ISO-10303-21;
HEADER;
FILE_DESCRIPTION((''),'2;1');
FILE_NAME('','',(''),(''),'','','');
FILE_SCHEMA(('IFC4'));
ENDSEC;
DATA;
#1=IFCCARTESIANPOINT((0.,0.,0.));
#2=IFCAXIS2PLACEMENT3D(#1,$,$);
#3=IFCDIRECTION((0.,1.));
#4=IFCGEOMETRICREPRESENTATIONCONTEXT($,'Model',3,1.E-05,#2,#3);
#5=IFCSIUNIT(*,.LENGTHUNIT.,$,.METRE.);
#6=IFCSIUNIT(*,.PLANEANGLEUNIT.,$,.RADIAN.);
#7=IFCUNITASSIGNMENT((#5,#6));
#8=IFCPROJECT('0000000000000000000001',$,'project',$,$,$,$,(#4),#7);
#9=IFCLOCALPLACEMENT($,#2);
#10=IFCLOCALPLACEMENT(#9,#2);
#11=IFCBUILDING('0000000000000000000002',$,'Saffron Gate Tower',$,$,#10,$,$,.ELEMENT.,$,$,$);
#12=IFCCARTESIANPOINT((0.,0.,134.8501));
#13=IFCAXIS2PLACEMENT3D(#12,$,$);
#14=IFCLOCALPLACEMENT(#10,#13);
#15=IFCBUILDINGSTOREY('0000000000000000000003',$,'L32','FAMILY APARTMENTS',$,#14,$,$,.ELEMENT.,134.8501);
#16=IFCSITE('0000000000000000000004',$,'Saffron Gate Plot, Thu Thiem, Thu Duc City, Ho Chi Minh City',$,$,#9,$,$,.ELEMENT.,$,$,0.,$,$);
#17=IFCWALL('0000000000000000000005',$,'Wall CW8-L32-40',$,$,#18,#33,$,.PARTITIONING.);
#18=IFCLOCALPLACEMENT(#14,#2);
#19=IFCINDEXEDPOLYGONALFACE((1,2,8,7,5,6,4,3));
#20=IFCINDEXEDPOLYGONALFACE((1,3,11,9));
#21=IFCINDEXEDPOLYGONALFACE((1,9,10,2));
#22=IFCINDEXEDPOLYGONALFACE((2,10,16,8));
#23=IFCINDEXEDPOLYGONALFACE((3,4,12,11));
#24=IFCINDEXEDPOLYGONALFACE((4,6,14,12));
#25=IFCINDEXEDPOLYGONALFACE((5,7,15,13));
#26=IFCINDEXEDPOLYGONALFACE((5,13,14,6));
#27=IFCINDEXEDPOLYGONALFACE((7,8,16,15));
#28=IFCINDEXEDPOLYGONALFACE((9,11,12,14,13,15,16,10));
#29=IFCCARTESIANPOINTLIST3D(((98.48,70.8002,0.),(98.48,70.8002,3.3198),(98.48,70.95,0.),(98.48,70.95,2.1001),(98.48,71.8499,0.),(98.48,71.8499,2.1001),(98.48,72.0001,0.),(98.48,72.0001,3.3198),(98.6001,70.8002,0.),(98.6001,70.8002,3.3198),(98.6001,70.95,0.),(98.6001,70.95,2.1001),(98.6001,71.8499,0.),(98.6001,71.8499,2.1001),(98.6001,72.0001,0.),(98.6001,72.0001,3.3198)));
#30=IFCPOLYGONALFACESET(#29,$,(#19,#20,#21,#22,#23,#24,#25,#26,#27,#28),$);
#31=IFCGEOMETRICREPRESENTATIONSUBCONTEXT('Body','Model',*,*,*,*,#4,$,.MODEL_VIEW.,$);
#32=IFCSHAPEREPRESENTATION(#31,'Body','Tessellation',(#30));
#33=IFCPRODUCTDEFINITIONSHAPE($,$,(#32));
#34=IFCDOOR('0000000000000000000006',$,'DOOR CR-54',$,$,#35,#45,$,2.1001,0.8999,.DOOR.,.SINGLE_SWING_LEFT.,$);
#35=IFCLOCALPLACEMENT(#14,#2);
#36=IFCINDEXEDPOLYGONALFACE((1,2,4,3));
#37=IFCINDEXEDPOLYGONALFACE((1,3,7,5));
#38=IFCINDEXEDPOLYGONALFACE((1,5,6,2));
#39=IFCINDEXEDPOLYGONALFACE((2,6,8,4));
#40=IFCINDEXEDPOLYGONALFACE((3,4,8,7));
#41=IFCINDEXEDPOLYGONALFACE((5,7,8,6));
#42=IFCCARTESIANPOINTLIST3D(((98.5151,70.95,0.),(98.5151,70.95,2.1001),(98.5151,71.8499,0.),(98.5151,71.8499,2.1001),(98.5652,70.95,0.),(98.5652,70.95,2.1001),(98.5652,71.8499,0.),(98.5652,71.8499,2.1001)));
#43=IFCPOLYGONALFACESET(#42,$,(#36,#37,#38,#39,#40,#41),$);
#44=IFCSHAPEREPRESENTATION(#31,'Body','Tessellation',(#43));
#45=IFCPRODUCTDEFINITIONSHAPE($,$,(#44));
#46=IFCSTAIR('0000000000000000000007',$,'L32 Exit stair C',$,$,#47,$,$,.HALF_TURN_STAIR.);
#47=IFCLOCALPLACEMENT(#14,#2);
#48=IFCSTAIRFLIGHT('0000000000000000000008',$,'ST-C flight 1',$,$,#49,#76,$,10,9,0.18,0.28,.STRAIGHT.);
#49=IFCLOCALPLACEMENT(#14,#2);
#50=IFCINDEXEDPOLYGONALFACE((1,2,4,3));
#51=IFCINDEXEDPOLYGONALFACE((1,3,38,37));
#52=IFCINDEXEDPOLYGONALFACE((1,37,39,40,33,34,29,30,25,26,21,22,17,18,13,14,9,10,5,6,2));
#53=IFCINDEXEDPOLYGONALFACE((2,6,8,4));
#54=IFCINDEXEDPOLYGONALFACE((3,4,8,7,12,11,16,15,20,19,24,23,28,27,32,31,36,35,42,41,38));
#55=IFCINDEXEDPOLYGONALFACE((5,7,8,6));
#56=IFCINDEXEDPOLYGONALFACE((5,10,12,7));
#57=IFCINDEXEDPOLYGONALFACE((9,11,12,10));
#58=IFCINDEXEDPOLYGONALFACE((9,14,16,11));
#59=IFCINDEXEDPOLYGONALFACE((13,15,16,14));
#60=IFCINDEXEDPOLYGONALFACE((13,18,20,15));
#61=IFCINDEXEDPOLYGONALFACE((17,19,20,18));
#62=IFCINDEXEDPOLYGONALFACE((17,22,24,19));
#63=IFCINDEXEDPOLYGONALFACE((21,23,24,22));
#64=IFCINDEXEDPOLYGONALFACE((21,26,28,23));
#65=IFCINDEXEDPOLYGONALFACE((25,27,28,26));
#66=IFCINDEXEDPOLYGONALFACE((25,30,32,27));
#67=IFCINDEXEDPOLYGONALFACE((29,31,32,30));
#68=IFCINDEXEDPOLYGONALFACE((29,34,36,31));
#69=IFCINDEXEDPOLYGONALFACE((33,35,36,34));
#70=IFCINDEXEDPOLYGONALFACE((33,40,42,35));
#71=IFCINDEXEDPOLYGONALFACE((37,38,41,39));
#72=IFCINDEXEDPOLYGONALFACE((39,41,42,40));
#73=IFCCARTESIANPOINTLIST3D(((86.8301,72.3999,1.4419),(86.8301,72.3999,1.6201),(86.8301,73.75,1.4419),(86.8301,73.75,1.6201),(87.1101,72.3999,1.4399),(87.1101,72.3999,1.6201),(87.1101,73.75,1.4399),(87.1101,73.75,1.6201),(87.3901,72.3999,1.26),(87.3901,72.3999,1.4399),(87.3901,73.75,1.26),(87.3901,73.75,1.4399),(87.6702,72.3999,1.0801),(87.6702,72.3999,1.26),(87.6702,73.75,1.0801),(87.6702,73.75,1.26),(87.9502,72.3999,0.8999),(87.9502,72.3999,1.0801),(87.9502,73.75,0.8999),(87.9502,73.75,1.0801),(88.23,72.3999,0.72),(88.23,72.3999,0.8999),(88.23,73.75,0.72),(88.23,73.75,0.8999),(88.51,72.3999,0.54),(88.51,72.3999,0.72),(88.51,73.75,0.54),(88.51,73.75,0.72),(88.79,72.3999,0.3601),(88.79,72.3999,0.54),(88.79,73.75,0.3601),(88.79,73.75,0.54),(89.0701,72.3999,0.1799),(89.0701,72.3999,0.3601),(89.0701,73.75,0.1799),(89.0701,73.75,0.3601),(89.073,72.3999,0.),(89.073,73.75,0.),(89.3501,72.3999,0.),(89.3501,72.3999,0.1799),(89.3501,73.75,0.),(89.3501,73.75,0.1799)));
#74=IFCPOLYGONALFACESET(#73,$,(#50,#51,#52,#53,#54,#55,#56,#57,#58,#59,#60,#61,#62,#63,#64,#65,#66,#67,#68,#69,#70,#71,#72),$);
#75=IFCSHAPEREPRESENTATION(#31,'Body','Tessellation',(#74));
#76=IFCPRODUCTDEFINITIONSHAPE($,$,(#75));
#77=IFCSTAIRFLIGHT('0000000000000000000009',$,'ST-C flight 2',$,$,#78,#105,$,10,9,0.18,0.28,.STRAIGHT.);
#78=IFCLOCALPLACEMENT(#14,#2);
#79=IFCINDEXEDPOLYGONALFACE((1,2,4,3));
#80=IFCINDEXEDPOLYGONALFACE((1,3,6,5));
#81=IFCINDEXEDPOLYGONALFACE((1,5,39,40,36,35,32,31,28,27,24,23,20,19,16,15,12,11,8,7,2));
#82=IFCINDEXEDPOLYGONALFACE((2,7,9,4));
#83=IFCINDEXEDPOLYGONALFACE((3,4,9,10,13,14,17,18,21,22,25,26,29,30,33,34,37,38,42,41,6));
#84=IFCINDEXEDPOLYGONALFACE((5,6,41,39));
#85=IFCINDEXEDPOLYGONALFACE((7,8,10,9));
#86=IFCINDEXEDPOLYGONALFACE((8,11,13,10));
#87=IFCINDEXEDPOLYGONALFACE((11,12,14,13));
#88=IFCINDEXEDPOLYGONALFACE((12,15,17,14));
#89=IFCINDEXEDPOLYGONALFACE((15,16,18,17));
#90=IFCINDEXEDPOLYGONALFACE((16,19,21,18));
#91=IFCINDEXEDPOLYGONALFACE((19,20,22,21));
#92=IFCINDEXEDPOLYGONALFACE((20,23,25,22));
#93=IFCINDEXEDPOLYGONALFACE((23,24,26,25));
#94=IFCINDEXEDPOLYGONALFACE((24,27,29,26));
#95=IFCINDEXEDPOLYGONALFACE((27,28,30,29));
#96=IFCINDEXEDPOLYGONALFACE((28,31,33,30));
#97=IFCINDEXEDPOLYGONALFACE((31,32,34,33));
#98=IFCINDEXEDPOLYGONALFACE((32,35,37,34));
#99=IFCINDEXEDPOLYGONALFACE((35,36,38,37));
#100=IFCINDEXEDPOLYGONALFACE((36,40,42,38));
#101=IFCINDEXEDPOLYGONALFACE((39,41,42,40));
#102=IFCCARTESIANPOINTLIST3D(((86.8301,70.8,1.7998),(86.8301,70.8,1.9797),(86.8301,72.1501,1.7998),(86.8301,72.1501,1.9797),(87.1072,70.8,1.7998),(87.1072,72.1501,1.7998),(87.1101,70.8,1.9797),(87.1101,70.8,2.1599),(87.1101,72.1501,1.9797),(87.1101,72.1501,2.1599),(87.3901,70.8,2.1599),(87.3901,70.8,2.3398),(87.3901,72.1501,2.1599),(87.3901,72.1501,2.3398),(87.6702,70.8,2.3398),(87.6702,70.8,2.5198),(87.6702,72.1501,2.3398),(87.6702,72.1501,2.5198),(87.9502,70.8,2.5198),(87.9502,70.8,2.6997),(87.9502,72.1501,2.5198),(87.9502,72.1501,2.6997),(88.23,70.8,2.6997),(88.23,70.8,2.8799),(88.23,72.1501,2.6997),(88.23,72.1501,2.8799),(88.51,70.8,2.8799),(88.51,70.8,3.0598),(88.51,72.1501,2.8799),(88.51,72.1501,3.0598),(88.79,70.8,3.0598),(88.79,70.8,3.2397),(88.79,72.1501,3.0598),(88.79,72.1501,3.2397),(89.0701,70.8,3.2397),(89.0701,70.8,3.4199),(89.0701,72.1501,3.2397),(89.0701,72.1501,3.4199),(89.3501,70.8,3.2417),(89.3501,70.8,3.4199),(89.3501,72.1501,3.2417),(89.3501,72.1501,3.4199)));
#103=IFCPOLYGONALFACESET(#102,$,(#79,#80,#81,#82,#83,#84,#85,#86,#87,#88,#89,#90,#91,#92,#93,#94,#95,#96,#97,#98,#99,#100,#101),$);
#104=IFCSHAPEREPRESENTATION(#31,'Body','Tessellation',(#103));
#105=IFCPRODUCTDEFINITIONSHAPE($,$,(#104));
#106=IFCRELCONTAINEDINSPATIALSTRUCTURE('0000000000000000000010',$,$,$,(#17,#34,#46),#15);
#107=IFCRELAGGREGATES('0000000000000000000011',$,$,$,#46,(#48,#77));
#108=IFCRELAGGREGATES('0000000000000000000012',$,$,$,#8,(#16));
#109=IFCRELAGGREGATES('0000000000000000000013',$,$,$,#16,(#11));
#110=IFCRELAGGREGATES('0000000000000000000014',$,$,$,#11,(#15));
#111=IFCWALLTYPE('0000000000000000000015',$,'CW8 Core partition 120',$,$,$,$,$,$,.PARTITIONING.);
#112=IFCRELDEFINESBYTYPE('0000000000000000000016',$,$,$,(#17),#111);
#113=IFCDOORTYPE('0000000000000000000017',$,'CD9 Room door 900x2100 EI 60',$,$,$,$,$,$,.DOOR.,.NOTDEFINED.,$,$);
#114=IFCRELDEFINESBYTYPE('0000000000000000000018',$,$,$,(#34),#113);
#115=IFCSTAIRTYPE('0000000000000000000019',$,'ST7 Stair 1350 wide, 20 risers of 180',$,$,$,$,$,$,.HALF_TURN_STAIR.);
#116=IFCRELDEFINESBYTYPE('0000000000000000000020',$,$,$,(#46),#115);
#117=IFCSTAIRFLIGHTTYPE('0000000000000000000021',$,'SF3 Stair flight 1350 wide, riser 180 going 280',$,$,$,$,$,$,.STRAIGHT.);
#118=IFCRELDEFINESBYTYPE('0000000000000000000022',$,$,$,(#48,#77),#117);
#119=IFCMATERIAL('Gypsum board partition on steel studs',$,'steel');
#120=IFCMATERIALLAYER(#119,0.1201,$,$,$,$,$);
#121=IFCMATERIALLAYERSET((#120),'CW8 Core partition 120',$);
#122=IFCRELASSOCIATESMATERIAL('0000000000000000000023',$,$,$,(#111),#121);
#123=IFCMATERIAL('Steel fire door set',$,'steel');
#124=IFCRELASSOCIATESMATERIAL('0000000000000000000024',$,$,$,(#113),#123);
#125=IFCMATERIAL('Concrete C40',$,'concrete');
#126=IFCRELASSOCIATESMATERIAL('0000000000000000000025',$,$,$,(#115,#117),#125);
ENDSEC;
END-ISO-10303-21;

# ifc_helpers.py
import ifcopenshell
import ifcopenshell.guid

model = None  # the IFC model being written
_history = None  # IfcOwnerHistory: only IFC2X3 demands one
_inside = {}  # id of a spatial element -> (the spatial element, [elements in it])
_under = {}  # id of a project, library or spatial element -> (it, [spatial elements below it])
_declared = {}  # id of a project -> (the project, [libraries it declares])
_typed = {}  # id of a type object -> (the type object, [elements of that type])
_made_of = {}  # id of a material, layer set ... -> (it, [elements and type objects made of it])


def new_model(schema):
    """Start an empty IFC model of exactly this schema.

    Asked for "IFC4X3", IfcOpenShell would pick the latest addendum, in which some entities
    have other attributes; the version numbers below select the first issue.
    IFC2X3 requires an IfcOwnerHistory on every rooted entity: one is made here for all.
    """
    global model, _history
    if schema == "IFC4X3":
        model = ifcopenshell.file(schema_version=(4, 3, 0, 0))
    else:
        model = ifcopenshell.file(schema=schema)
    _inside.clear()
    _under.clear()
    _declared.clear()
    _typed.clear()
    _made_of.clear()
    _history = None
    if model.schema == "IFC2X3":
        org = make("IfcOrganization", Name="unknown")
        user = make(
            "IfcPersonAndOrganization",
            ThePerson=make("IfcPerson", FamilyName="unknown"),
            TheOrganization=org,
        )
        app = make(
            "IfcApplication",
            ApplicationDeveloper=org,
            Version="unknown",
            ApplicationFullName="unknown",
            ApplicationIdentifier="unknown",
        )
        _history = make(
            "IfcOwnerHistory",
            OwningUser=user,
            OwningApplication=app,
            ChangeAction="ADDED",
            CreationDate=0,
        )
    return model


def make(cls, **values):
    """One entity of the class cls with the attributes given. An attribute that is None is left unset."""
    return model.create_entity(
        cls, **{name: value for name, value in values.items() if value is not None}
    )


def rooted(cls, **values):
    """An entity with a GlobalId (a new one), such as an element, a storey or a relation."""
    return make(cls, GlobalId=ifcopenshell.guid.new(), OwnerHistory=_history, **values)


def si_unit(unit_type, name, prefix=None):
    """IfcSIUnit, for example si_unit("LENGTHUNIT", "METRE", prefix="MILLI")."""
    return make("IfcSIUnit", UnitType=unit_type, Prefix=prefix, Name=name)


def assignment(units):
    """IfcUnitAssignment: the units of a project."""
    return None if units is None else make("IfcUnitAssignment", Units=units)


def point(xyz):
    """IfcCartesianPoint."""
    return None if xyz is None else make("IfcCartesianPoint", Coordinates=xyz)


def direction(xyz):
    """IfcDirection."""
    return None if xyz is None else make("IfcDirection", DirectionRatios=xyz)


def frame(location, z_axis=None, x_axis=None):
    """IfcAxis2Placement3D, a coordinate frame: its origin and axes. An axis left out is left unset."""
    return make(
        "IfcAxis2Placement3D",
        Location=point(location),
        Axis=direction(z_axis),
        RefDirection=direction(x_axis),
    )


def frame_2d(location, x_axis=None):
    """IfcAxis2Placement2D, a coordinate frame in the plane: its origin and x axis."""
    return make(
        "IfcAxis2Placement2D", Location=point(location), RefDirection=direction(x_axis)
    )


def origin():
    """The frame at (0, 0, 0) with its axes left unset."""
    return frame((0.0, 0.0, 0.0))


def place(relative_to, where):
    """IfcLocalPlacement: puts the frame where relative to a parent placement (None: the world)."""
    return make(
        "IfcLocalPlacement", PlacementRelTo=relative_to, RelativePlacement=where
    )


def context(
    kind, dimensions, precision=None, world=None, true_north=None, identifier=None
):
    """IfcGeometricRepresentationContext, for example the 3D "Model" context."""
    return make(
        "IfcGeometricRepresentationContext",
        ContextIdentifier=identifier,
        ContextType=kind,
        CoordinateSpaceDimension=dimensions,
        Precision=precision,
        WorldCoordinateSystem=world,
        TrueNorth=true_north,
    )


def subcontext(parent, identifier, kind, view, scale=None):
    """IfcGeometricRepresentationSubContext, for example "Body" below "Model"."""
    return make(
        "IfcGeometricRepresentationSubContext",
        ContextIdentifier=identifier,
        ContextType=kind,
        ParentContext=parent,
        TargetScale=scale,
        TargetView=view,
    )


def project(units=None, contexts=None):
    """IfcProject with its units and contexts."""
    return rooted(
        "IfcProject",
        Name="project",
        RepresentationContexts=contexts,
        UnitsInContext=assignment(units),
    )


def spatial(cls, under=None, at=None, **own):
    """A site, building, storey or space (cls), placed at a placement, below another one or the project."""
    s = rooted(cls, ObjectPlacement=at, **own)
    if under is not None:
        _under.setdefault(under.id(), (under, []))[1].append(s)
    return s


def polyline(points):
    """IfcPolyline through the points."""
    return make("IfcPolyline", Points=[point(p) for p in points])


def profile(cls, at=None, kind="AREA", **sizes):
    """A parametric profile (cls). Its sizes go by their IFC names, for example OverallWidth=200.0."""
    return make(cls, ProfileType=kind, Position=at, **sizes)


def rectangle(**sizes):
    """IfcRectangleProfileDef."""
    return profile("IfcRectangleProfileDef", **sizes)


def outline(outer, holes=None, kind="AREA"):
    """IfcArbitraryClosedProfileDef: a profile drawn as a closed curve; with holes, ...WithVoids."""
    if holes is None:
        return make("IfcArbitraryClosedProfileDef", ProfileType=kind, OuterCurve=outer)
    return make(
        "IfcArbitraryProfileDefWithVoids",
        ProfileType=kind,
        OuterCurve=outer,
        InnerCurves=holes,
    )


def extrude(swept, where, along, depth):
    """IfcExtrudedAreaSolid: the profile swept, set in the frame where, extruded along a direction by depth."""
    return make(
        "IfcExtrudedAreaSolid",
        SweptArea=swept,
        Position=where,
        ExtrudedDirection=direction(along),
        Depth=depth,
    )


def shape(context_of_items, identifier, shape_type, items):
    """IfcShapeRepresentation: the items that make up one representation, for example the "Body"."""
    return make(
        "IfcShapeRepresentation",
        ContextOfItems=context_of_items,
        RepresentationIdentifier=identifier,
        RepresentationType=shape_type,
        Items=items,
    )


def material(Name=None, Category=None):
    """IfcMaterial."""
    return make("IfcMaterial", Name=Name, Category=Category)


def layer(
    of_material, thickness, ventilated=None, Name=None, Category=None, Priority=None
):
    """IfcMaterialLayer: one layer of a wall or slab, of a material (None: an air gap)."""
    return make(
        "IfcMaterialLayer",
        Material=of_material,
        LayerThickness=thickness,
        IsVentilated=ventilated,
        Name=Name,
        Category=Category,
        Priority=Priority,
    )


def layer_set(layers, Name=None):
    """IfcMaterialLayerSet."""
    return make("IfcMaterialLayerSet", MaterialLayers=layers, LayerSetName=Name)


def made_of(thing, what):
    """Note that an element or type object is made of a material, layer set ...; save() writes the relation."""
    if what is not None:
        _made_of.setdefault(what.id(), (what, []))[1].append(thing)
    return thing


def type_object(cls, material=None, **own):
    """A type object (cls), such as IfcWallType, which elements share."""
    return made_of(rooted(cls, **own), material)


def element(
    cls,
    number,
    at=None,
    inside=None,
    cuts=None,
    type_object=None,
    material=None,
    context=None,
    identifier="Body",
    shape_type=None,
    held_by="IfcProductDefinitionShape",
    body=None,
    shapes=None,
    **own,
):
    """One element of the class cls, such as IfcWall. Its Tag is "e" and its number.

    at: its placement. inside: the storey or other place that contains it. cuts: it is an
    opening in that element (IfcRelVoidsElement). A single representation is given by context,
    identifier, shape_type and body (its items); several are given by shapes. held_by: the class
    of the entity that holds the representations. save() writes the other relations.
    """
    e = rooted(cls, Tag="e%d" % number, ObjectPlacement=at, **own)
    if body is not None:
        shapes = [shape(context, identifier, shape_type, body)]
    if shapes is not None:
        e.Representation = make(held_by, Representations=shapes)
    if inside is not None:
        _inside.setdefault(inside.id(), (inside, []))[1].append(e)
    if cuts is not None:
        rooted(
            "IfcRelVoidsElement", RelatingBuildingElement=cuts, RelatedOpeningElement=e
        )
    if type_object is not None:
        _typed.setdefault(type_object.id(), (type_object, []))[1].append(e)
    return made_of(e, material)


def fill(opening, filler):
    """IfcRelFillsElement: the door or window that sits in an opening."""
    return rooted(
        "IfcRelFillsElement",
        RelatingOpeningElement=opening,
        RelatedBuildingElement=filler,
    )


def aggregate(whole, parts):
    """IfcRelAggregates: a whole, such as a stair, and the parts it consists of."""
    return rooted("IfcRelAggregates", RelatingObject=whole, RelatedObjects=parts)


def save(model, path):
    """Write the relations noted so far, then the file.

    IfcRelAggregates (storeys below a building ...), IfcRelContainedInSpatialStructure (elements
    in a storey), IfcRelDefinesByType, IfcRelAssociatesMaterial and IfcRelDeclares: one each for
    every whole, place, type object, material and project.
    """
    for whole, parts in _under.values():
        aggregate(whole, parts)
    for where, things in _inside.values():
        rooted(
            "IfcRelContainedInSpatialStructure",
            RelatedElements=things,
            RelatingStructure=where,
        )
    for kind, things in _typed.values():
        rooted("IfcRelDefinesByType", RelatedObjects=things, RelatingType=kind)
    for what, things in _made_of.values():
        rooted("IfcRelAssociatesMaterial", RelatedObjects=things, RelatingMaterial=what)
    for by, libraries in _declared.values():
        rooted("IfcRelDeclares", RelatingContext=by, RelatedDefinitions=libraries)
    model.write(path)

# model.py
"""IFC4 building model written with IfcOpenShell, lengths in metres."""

from ifc_helpers import new_model, si_unit, direction, frame, frame_2d, origin, place, context, subcontext, project, spatial, polyline, rectangle, outline, extrude, material, layer, layer_set, type_object, element, fill, aggregate, save


model = new_model("IFC4")

# Units and contexts
model_context = context("Model", 3, precision=1e-05, world=origin(), true_north=direction((0.0, 1.0)))
body_context = subcontext(model_context, "Body", "Model", "MODEL_VIEW")
ifc_project = project(units=[si_unit("LENGTHUNIT", "METRE"), si_unit("PLANEANGLEUNIT", "RADIAN")], contexts=[model_context])

# Site, building, storey
site_placement = place(None, origin())
site = spatial("IfcSite", under=ifc_project, at=site_placement, Name="Saffron Gate Plot, Thu Thiem, Thu Duc City, Ho Chi Minh City", CompositionType="ELEMENT", RefElevation=0.0)
building_placement = place(site_placement, origin())
building = spatial("IfcBuilding", under=site, at=building_placement, Name="Saffron Gate Tower", CompositionType="ELEMENT")
storey_placement = place(building_placement, frame((0.0, 0.0, 134.8501)))
storey = spatial("IfcBuildingStorey", under=building, at=storey_placement, Name="L32", Description="FAMILY APARTMENTS", CompositionType="ELEMENT", Elevation=134.8501)

# Shared definitions
ifc_material_1 = material(Name="Gypsum board partition on steel studs", Category="steel")

# Shared definitions
ifc_material_2 = material(Name="Steel fire door set", Category="steel")

# Shared definitions
ifc_layer_1 = layer(ifc_material_1, 0.1201)
ifc_layer_set_1 = layer_set([ifc_layer_1], Name="CW8 Core partition 120")
wall_type_1 = type_object("IfcWallType", Name="CW8 Core partition 120", PredefinedType="PARTITIONING", material=ifc_layer_set_1)

# Wall, opening, door
wall_1_placement = place(storey_placement, frame((98.54, 70.8, 0.0), z_axis=(0.0, 0.0, 1.0), x_axis=(0.0, 1.0, 0.0)))
wall_1 = element("IfcWall", 1, at=wall_1_placement, inside=storey, type_object=wall_type_1, Name="Wall CW8-L32-40", PredefinedType="PARTITIONING", context=body_context, shape_type="SweptSolid", body=[
    extrude(rectangle(XDim=1.2, YDim=0.1201, at=frame_2d((0.6001, 0.0))), origin(), (0.0, 0.0, 1.0), 3.3198),
])
opening_1_placement = place(wall_1_placement, frame((0.1499, 0.0, 0.0)))
opening_1 = element("IfcOpeningElement", 2, at=opening_1_placement, cuts=wall_1, PredefinedType="OPENING", context=body_context, shape_type="SweptSolid", body=[
    extrude(rectangle(XDim=0.8999, YDim=2.1001, at=frame_2d((0.45, 1.05))), frame((0.0, 0.0701, 0.0), z_axis=(0.0, -1.0, 0.0), x_axis=(1.0, 0.0, 0.0)), (0.0, 0.0, 1.0), 0.1401),
])
door_type_1 = type_object("IfcDoorType", Name="CD9 Room door 900x2100 EI 60", OperationType="NOTDEFINED", PredefinedType="DOOR", material=ifc_material_2)
door_1_placement = place(opening_1_placement, origin())
door_1 = element("IfcDoor", 3, at=door_1_placement, inside=storey, type_object=door_type_1, Name="DOOR CR-54", OperationType="SINGLE_SWING_LEFT", OverallHeight=2.1001, OverallWidth=0.8999, PredefinedType="DOOR", context=body_context, shape_type="SweptSolid", body=[
    extrude(rectangle(XDim=0.8999, YDim=2.1001, at=frame_2d((0.45, 1.05))), frame((0.0, 0.0249, 0.0), z_axis=(0.0, -1.0, 0.0), x_axis=(1.0, 0.0, 0.0)), (0.0, 0.0, 1.0), 0.05),
])
fill(opening_1, door_1)

# Stair, stair flights
ifc_material_3 = material(Name="Concrete C40", Category="concrete")
stair_type = type_object("IfcStairType", Name="ST7 Stair 1350 wide, 20 risers of 180", PredefinedType="HALF_TURN_STAIR", material=ifc_material_3)
stair_placement = place(storey_placement, origin())
stair = element("IfcStair", 4, at=stair_placement, inside=storey, type_object=stair_type, Name="L32 Exit stair C", PredefinedType="HALF_TURN_STAIR")
stair_flight_type = type_object("IfcStairFlightType", Name="SF3 Stair flight 1350 wide, riser 180 going 280", PredefinedType="STRAIGHT", material=ifc_material_3)
stair_flight_1_placement = place(storey_placement, frame((89.3501, 73.075, 0.0), z_axis=(0.0, 0.0, 1.0), x_axis=(-1.0, 0.0, 0.0)))
stair_flight_1 = element("IfcStairFlight", 5, at=stair_flight_1_placement, type_object=stair_flight_type, Name="ST-C flight 1", NumberOfRisers=10, NumberOfTreads=9, PredefinedType="STRAIGHT", RiserHeight=0.18, TreadLength=0.28, context=body_context, shape_type="SweptSolid", body=[
    extrude(outline(polyline([(0.0, 0.0), (0.0, 0.1799), (0.28, 0.1799), (0.28, 0.3601), (0.5601, 0.3601), (0.5601, 0.54), (0.8401, 0.54), (0.8401, 0.72), (1.1201, 0.72), (1.1201, 0.8999), (1.3999, 0.8999), (1.3999, 1.0801), (1.6799, 1.0801), (1.6799, 1.26), (1.96, 1.26), (1.96, 1.4399), (2.24, 1.4399), (2.24, 1.6201), (2.52, 1.6201), (2.52, 1.8), (2.52, 1.4419), (0.2771, 0.0), (0.0, 0.0)])), frame((0.0, 0.675, 0.0), z_axis=(0.0, -1.0, 0.0), x_axis=(1.0, 0.0, 0.0)), (0.0, 0.0, 1.0), 1.3501),
])
stair_flight_2_placement = place(storey_placement, frame((86.8301, 71.4751, 1.7998), z_axis=(0.0, 0.0, 1.0), x_axis=(1.0, 0.0, 0.0)))
stair_flight_2 = element("IfcStairFlight", 6, at=stair_flight_2_placement, type_object=stair_flight_type, Name="ST-C flight 2", NumberOfRisers=10, NumberOfTreads=9, PredefinedType="STRAIGHT", RiserHeight=0.18, TreadLength=0.28, context=body_context, shape_type="SweptSolid", body=[
    extrude(outline(polyline([(0.0, 0.0), (0.0, 0.1799), (0.28, 0.1799), (0.28, 0.3601), (0.5601, 0.3601), (0.5601, 0.54), (0.8401, 0.54), (0.8401, 0.72), (1.1201, 0.72), (1.1201, 0.8999), (1.3999, 0.8999), (1.3999, 1.0801), (1.6799, 1.0801), (1.6799, 1.26), (1.96, 1.26), (1.96, 1.4399), (2.24, 1.4399), (2.24, 1.6201), (2.52, 1.6201), (2.52, 1.8), (2.52, 1.4419), (0.2771, 0.0), (0.0, 0.0)])), frame((0.0, 0.675, 0.0), z_axis=(0.0, -1.0, 0.0), x_axis=(1.0, 0.0, 0.0)), (0.0, 0.0, 1.0), 1.3501),
])
aggregate(stair, [stair_flight_1, stair_flight_2])

save(model, "model.ifc")
